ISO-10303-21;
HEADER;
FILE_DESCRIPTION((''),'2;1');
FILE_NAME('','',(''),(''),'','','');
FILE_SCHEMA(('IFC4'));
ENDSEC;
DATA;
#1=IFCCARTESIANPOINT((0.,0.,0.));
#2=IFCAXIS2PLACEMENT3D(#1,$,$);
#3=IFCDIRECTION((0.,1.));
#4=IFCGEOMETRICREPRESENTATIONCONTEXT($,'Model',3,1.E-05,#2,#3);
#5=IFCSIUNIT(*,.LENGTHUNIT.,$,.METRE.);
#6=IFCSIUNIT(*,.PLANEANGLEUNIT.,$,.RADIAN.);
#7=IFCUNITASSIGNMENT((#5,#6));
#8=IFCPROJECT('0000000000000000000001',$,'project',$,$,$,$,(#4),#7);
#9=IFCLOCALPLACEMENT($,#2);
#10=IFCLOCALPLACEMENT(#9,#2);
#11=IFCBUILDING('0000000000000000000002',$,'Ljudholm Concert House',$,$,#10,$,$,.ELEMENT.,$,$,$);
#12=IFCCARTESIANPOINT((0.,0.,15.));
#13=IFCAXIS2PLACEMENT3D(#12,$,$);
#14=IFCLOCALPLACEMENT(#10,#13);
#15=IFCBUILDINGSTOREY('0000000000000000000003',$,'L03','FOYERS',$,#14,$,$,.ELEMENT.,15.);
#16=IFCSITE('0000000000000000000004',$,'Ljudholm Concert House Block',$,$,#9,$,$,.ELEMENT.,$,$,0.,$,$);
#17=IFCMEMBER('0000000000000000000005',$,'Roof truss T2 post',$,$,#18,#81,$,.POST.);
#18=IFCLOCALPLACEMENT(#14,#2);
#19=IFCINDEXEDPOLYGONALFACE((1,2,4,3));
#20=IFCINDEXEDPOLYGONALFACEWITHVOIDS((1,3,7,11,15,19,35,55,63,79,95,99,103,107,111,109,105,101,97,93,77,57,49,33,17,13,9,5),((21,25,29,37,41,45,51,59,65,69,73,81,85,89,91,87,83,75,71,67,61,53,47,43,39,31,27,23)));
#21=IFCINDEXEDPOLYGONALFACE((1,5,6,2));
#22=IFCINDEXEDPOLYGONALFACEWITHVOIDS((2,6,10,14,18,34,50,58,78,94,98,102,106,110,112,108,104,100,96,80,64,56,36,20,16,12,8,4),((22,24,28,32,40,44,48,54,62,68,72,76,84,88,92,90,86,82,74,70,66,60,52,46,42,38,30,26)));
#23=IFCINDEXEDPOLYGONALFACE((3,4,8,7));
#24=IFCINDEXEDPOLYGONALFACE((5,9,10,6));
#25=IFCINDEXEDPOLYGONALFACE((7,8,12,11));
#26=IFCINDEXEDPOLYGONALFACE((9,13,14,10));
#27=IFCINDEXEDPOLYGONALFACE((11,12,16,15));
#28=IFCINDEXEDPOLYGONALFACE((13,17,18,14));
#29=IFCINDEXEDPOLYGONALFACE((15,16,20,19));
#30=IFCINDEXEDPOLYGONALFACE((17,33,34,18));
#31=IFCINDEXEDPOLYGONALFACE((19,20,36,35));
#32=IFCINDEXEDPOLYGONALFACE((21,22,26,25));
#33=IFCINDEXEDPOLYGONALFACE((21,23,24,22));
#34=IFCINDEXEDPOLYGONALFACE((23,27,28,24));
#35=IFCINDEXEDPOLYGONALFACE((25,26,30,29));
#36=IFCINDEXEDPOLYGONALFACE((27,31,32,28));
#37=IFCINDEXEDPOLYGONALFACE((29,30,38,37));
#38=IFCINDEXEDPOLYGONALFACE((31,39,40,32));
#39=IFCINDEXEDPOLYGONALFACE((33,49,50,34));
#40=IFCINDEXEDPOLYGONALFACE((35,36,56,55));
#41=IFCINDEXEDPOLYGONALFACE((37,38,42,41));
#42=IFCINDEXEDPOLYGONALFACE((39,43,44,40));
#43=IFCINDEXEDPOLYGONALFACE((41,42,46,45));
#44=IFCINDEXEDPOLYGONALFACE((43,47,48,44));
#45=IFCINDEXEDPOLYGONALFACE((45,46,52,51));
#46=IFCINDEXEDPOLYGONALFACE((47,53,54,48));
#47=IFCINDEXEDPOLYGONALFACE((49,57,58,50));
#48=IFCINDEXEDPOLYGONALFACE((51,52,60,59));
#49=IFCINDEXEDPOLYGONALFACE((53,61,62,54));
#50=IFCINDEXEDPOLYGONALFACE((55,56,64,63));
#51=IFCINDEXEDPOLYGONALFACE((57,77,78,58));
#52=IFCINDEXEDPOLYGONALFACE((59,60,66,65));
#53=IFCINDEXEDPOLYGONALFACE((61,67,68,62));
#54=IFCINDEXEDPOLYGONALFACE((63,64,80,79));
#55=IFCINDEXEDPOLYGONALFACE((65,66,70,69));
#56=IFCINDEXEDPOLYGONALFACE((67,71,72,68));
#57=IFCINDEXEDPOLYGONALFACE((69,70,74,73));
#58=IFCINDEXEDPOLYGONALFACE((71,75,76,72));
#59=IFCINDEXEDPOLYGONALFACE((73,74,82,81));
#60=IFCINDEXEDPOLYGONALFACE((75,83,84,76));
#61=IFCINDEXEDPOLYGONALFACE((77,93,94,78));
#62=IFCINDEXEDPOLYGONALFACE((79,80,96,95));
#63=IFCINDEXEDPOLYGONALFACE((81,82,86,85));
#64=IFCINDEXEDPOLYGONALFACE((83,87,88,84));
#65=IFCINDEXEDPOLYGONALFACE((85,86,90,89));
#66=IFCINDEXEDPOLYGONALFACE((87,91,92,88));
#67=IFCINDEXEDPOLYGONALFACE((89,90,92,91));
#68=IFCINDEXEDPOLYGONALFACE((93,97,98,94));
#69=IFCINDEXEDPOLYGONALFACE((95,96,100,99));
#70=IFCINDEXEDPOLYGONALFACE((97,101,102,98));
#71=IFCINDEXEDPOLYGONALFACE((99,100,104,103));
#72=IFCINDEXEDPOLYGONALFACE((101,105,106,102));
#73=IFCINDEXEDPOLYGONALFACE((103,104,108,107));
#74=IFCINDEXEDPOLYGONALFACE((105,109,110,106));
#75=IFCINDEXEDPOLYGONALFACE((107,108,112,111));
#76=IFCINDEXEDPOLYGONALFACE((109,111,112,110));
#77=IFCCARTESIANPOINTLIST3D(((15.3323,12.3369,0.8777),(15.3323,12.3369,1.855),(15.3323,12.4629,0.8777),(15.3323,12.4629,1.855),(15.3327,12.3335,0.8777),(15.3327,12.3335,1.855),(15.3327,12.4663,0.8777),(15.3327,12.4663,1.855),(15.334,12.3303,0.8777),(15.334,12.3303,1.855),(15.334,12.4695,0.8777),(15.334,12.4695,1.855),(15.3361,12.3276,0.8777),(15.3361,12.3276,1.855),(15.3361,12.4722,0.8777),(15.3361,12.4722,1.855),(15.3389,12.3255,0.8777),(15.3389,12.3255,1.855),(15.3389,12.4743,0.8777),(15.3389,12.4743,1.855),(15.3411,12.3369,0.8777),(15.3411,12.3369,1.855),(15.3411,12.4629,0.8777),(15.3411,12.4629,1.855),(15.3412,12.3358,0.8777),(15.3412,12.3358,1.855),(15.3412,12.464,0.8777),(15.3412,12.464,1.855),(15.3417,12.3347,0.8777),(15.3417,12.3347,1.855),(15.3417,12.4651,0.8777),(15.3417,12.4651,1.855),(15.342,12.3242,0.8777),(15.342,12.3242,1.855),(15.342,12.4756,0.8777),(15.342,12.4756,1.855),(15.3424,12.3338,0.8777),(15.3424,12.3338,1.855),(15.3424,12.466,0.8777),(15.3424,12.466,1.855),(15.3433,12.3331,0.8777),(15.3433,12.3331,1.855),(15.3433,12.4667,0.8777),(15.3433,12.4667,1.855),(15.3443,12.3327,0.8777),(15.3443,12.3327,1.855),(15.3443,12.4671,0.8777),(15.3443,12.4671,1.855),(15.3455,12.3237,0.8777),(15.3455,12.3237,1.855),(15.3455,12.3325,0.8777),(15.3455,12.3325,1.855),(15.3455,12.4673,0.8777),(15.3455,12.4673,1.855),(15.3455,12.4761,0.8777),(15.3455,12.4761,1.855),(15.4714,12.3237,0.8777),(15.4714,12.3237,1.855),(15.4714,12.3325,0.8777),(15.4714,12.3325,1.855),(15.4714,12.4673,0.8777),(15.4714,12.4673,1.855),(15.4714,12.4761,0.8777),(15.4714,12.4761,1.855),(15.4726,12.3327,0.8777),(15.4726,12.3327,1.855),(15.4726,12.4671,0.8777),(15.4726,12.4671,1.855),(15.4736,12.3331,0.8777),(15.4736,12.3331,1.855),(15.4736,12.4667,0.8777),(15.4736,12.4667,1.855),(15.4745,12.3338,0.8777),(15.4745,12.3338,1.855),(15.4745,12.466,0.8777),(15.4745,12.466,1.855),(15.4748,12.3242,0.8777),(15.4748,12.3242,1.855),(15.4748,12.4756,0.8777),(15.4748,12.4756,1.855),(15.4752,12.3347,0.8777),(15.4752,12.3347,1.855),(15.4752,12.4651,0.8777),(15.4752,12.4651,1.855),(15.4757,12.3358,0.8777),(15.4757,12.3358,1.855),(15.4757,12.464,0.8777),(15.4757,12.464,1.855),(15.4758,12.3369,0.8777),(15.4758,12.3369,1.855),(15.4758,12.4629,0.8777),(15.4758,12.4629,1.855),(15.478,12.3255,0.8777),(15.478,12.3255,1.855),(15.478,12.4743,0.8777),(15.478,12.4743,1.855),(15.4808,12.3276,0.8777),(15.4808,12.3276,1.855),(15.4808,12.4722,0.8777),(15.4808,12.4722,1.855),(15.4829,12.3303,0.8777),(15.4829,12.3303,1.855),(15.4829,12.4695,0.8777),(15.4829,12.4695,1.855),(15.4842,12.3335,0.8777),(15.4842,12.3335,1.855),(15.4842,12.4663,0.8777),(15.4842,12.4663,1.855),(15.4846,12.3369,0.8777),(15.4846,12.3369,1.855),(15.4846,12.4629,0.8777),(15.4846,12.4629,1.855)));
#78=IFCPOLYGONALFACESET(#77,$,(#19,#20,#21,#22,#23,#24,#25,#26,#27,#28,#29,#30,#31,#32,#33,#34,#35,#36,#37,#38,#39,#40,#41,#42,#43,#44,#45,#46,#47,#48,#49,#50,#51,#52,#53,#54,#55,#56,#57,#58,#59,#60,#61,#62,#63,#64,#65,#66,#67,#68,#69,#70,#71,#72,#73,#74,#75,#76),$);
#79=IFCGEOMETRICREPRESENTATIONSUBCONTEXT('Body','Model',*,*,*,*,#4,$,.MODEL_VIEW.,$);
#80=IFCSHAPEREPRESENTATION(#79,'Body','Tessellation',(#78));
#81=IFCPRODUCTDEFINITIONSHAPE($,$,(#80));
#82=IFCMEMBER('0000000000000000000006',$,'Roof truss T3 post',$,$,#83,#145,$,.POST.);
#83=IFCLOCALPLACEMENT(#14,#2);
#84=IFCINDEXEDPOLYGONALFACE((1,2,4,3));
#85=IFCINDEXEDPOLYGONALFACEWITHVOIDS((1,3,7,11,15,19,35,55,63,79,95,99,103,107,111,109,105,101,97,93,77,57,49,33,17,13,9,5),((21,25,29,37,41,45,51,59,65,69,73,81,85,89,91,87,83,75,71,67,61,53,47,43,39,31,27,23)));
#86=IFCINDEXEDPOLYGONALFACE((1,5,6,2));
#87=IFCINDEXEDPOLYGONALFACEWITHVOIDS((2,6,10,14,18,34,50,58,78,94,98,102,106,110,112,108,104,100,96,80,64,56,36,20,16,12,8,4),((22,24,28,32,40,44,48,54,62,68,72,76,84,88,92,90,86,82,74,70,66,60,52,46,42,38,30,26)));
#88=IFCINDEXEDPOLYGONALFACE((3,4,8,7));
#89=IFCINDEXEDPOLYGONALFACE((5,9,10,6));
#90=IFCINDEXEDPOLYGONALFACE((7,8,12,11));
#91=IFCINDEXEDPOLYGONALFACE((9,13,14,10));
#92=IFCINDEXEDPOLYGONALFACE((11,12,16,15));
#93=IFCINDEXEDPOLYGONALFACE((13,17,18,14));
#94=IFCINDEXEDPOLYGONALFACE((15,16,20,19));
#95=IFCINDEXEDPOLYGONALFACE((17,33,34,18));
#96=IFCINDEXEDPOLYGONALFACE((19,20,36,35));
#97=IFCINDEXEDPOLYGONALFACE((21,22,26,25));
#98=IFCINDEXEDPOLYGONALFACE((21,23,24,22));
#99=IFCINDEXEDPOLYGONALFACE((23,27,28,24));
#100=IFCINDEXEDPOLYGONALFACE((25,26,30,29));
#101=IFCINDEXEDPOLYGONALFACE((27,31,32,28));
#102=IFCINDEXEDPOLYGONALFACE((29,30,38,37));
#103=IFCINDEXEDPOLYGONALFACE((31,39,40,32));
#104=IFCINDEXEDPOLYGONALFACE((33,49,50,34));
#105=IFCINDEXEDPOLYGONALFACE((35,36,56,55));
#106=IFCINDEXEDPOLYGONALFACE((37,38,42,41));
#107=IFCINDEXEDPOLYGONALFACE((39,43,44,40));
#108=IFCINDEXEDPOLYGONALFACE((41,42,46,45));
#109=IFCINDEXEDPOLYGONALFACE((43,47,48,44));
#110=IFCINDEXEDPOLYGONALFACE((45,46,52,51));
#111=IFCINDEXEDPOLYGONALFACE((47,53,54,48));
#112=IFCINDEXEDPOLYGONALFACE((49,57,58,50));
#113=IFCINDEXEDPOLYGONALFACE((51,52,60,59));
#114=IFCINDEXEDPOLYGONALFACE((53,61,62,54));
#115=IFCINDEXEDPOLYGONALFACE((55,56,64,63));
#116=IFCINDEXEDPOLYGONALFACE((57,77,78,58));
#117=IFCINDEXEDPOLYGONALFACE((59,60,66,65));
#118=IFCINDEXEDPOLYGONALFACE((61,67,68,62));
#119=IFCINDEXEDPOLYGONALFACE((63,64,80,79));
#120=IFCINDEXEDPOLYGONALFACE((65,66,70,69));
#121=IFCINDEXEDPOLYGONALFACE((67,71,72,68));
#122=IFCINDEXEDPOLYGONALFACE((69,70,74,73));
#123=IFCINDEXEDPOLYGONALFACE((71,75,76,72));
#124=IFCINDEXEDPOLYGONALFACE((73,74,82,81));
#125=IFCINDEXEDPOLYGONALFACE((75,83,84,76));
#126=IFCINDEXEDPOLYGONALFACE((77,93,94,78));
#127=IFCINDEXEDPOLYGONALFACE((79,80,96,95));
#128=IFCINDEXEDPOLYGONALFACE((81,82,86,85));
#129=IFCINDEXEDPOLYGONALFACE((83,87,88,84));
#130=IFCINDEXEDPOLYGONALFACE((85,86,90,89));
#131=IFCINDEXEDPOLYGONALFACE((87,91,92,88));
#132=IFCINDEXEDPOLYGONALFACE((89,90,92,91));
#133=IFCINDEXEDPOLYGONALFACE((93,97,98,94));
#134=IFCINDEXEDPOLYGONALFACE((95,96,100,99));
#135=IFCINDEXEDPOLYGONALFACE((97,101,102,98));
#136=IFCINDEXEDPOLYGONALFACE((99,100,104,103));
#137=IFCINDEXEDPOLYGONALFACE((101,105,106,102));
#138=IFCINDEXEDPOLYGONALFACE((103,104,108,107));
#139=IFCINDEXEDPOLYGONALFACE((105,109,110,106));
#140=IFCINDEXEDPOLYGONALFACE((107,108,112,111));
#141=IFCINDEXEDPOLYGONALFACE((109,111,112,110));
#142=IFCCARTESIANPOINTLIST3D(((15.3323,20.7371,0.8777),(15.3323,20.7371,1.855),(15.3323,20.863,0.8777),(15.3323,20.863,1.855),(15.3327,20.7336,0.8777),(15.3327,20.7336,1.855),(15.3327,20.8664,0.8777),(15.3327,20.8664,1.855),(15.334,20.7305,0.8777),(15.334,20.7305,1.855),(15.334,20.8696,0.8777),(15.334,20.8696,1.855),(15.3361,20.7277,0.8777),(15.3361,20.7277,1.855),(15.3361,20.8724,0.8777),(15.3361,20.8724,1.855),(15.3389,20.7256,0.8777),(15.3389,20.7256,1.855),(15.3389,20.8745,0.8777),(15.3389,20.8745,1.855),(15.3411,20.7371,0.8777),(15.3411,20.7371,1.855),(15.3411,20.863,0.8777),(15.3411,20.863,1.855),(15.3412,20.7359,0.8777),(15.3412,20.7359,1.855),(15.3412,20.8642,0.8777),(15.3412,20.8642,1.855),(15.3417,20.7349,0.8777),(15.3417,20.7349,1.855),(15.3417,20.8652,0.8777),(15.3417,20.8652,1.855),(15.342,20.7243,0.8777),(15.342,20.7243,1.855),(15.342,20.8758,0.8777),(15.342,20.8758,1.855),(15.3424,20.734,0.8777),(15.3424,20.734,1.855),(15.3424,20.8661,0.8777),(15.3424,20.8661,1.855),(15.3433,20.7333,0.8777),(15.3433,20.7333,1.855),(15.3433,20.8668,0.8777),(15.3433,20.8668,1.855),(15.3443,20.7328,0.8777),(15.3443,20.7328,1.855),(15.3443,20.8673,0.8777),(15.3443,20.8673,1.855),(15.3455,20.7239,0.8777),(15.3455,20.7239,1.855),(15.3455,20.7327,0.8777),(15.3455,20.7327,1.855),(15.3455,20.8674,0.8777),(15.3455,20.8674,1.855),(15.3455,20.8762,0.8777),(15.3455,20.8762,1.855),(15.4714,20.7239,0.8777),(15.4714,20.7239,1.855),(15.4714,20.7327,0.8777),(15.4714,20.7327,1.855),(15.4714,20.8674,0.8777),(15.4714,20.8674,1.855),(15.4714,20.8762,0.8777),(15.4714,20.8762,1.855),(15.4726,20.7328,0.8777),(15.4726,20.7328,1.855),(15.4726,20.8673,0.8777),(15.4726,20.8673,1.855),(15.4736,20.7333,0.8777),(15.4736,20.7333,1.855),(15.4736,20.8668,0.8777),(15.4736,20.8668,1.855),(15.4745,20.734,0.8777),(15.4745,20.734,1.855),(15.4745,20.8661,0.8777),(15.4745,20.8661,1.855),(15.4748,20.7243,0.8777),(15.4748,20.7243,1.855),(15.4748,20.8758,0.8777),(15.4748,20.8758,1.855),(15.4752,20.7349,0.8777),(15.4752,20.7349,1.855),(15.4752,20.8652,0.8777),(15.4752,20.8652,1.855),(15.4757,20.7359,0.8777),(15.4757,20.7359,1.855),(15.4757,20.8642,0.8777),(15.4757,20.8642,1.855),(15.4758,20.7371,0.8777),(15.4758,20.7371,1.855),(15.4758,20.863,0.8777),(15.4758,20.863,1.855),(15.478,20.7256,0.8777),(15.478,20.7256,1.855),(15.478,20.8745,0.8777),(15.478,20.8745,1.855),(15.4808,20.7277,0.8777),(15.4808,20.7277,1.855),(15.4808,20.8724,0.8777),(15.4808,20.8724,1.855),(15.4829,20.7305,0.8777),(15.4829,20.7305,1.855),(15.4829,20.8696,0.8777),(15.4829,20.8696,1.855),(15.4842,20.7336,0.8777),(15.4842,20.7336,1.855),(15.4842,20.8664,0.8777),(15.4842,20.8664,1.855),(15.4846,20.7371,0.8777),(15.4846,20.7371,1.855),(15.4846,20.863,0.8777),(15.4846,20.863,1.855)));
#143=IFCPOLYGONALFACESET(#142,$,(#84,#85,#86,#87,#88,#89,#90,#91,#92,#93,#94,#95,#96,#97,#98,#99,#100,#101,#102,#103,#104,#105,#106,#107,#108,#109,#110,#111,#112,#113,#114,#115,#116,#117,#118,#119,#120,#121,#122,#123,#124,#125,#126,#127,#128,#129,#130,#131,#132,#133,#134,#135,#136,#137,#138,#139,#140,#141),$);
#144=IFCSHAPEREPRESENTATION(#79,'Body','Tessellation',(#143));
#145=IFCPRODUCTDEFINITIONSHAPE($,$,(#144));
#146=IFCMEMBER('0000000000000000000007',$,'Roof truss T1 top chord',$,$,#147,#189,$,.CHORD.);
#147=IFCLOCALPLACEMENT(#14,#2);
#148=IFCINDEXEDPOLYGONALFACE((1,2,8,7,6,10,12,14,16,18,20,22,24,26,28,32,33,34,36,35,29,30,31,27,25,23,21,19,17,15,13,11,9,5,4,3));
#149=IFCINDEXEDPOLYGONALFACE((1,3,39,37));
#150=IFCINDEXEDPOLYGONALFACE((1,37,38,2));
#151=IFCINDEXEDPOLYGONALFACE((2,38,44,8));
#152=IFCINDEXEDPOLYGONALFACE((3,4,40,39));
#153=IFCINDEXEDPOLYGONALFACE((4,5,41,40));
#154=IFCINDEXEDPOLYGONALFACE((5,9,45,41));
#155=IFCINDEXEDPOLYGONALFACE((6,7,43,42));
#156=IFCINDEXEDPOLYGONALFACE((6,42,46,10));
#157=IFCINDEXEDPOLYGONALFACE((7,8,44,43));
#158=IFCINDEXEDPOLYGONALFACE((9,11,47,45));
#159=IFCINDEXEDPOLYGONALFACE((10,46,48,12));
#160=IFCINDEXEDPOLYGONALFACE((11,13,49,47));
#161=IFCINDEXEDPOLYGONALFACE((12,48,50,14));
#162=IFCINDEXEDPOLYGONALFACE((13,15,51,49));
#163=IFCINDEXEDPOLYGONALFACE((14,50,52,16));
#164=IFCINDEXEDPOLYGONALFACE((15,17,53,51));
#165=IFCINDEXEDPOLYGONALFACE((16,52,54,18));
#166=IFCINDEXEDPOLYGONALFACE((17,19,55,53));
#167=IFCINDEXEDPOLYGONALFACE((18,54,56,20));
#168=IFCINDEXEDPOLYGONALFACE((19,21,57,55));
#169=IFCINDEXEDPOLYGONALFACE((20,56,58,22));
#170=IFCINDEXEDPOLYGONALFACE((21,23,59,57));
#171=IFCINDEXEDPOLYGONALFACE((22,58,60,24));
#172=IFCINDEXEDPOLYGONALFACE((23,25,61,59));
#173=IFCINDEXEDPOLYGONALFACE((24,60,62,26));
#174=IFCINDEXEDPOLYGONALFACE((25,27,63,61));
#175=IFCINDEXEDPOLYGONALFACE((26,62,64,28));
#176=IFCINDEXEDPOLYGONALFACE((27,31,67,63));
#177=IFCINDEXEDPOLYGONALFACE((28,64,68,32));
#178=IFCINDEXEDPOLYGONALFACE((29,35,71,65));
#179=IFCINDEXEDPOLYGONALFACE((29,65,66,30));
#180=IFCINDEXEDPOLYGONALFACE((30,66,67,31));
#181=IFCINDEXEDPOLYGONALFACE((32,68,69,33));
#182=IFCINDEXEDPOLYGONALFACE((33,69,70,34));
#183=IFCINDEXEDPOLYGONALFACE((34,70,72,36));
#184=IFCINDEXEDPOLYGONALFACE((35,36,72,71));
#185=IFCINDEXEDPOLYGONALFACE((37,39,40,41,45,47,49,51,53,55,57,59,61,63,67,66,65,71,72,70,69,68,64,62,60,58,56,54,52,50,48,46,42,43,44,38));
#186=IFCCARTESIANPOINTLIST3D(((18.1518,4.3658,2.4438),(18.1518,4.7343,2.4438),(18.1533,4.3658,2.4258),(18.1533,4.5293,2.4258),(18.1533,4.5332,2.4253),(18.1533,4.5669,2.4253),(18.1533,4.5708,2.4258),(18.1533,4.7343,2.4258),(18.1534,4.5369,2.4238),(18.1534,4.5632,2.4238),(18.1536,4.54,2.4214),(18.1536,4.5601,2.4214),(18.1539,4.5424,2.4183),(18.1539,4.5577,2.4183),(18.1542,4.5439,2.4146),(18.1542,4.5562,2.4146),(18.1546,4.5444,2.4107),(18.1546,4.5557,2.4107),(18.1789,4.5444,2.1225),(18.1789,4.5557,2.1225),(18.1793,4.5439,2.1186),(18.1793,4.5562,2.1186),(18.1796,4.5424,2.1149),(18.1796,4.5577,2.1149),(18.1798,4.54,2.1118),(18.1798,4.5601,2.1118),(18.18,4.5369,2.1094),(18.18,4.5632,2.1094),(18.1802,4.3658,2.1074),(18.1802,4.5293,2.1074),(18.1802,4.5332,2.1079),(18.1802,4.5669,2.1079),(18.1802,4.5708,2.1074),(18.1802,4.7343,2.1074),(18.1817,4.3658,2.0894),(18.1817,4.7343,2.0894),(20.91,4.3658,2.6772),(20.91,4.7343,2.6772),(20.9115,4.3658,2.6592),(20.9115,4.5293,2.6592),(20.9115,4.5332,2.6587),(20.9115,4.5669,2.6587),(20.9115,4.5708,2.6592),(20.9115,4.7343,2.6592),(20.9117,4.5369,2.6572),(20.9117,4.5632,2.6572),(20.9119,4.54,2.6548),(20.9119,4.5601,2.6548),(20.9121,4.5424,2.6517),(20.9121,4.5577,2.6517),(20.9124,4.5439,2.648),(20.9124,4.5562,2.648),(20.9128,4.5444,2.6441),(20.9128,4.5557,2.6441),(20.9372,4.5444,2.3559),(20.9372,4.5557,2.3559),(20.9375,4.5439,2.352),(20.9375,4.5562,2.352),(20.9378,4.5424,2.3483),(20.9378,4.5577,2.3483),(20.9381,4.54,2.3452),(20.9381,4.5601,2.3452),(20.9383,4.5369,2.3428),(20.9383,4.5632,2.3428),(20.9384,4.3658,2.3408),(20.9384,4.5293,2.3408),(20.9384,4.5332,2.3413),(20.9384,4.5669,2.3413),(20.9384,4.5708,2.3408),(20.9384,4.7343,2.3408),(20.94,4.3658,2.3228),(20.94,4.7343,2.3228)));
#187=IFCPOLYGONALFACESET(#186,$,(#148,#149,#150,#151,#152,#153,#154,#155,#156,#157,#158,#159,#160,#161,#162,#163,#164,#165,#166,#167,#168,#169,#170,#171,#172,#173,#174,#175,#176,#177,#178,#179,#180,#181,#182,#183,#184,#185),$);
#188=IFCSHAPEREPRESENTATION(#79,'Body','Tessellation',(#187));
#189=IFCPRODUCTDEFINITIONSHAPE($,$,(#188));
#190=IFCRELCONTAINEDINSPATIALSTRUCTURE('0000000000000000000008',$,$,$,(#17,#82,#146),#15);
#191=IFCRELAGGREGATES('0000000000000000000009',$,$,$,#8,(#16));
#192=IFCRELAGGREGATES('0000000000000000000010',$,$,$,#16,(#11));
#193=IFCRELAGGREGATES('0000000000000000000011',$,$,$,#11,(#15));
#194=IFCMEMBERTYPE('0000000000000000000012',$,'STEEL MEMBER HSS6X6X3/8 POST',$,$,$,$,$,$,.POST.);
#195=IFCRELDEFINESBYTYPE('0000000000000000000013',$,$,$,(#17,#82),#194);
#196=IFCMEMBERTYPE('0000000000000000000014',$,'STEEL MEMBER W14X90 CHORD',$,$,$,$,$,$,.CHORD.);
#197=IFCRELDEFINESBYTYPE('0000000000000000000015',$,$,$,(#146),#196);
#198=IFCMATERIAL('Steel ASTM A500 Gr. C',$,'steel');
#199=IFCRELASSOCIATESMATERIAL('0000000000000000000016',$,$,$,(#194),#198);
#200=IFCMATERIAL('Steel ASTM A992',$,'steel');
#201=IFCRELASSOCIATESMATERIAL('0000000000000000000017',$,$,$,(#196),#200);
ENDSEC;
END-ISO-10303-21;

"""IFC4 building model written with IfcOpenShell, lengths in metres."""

from ifc_helpers import new_model, si_unit, direction, frame, origin, origin_2d, place, context, subcontext, project, spatial, hollow_rectangle, i_section, extrude, material, material_profile, profile_set, type_object, element, save


model = new_model("IFC4")

# Units and contexts
model_context = context("Model", 3, precision=1e-05, world=origin(), true_north=direction((0.0, 1.0)))
body_context = subcontext(model_context, "Body", "Model", "MODEL_VIEW")
ifc_project = project(units=[si_unit("LENGTHUNIT", "METRE"), si_unit("PLANEANGLEUNIT", "RADIAN")], contexts=[model_context])

# Site, building, storey
site_placement = place(None, origin())
site = spatial("IfcSite", under=ifc_project, at=site_placement, Name="Ljudholm Concert House Block", CompositionType="ELEMENT", RefElevation=0.0)
building_placement = place(site_placement, origin())
building = spatial("IfcBuilding", under=site, at=building_placement, Name="Ljudholm Concert House", CompositionType="ELEMENT")
storey_placement = place(building_placement, frame((0.0, 0.0, 15.0)))
storey = spatial("IfcBuildingStorey", under=building, at=storey_placement, Name="L03", Description="FOYERS", CompositionType="ELEMENT", Elevation=15.0)

# Members
ifc_material_1 = material(Name="Steel ASTM A500 Gr. C", Category="steel")
ifc_material_profile_1 = material_profile(ifc_material_1, hollow_rectangle(XDim=0.1523, YDim=0.1523, WallThickness=0.0088, InnerFilletRadius=0.0044, OuterFilletRadius=0.0132, at=origin_2d()), Name="HSS6X6X3/8")
ifc_profile_set_1 = profile_set([ifc_material_profile_1], Name="Steel ASTM A500 Gr. C")
member_type_1 = type_object("IfcMemberType", Name="STEEL MEMBER HSS6X6X3/8 POST", PredefinedType="POST", material=ifc_profile_set_1)
for number, where, z_axis, x_axis, name in (
    (1, (15.4084, 12.3999, 0.8777), (0.0, 0.0, 1.0), (1.0, 0.0, 0.0), "Roof truss T2 post"),
    (2, (15.4084, 20.8, 0.8777), (0.0, 0.0, 1.0), (1.0, 0.0, 0.0), "Roof truss T3 post"),
):
    element("IfcMember", number, at=place(storey_placement, frame(where, z_axis=z_axis, x_axis=x_axis)), inside=storey, type_object=member_type_1, Name=name, PredefinedType="POST", context=body_context, shape_type="SweptSolid", body=[
        extrude(hollow_rectangle(XDim=0.1523, YDim=0.1523, WallThickness=0.0088, InnerFilletRadius=0.0044, OuterFilletRadius=0.0132, at=origin_2d()), origin(), (0.0, 0.0, 1.0), 0.9773),
    ])
ifc_material_2 = material(Name="Steel ASTM A992", Category="steel")
ifc_material_profile_2 = material_profile(ifc_material_2, i_section(OverallWidth=0.3684, OverallDepth=0.3557, WebThickness=0.0112, FlangeThickness=0.0181, FilletRadius=0.0151, at=origin_2d()), Name="W14X90")
ifc_profile_set_2 = profile_set([ifc_material_profile_2], Name="Steel ASTM A992")
member_type_2 = type_object("IfcMemberType", Name="STEEL MEMBER W14X90 CHORD", PredefinedType="CHORD", material=ifc_profile_set_2)
member_1_placement = place(storey_placement, frame((18.1667, 4.55, 2.2666), z_axis=(0.996439, 0.0, 0.084315), x_axis=(0.0, 1.0, 0.0)))
element("IfcMember", 3, at=member_1_placement, inside=storey, type_object=member_type_2, Name="Roof truss T1 top chord", PredefinedType="CHORD", context=body_context, shape_type="SweptSolid", body=[
    extrude(i_section(OverallWidth=0.3684, OverallDepth=0.3557, WebThickness=0.0112, FlangeThickness=0.0181, FilletRadius=0.0151, at=origin_2d()), origin(), (0.0, 0.0, 1.0), 2.7681),
])

save(model, "model.ifc")
